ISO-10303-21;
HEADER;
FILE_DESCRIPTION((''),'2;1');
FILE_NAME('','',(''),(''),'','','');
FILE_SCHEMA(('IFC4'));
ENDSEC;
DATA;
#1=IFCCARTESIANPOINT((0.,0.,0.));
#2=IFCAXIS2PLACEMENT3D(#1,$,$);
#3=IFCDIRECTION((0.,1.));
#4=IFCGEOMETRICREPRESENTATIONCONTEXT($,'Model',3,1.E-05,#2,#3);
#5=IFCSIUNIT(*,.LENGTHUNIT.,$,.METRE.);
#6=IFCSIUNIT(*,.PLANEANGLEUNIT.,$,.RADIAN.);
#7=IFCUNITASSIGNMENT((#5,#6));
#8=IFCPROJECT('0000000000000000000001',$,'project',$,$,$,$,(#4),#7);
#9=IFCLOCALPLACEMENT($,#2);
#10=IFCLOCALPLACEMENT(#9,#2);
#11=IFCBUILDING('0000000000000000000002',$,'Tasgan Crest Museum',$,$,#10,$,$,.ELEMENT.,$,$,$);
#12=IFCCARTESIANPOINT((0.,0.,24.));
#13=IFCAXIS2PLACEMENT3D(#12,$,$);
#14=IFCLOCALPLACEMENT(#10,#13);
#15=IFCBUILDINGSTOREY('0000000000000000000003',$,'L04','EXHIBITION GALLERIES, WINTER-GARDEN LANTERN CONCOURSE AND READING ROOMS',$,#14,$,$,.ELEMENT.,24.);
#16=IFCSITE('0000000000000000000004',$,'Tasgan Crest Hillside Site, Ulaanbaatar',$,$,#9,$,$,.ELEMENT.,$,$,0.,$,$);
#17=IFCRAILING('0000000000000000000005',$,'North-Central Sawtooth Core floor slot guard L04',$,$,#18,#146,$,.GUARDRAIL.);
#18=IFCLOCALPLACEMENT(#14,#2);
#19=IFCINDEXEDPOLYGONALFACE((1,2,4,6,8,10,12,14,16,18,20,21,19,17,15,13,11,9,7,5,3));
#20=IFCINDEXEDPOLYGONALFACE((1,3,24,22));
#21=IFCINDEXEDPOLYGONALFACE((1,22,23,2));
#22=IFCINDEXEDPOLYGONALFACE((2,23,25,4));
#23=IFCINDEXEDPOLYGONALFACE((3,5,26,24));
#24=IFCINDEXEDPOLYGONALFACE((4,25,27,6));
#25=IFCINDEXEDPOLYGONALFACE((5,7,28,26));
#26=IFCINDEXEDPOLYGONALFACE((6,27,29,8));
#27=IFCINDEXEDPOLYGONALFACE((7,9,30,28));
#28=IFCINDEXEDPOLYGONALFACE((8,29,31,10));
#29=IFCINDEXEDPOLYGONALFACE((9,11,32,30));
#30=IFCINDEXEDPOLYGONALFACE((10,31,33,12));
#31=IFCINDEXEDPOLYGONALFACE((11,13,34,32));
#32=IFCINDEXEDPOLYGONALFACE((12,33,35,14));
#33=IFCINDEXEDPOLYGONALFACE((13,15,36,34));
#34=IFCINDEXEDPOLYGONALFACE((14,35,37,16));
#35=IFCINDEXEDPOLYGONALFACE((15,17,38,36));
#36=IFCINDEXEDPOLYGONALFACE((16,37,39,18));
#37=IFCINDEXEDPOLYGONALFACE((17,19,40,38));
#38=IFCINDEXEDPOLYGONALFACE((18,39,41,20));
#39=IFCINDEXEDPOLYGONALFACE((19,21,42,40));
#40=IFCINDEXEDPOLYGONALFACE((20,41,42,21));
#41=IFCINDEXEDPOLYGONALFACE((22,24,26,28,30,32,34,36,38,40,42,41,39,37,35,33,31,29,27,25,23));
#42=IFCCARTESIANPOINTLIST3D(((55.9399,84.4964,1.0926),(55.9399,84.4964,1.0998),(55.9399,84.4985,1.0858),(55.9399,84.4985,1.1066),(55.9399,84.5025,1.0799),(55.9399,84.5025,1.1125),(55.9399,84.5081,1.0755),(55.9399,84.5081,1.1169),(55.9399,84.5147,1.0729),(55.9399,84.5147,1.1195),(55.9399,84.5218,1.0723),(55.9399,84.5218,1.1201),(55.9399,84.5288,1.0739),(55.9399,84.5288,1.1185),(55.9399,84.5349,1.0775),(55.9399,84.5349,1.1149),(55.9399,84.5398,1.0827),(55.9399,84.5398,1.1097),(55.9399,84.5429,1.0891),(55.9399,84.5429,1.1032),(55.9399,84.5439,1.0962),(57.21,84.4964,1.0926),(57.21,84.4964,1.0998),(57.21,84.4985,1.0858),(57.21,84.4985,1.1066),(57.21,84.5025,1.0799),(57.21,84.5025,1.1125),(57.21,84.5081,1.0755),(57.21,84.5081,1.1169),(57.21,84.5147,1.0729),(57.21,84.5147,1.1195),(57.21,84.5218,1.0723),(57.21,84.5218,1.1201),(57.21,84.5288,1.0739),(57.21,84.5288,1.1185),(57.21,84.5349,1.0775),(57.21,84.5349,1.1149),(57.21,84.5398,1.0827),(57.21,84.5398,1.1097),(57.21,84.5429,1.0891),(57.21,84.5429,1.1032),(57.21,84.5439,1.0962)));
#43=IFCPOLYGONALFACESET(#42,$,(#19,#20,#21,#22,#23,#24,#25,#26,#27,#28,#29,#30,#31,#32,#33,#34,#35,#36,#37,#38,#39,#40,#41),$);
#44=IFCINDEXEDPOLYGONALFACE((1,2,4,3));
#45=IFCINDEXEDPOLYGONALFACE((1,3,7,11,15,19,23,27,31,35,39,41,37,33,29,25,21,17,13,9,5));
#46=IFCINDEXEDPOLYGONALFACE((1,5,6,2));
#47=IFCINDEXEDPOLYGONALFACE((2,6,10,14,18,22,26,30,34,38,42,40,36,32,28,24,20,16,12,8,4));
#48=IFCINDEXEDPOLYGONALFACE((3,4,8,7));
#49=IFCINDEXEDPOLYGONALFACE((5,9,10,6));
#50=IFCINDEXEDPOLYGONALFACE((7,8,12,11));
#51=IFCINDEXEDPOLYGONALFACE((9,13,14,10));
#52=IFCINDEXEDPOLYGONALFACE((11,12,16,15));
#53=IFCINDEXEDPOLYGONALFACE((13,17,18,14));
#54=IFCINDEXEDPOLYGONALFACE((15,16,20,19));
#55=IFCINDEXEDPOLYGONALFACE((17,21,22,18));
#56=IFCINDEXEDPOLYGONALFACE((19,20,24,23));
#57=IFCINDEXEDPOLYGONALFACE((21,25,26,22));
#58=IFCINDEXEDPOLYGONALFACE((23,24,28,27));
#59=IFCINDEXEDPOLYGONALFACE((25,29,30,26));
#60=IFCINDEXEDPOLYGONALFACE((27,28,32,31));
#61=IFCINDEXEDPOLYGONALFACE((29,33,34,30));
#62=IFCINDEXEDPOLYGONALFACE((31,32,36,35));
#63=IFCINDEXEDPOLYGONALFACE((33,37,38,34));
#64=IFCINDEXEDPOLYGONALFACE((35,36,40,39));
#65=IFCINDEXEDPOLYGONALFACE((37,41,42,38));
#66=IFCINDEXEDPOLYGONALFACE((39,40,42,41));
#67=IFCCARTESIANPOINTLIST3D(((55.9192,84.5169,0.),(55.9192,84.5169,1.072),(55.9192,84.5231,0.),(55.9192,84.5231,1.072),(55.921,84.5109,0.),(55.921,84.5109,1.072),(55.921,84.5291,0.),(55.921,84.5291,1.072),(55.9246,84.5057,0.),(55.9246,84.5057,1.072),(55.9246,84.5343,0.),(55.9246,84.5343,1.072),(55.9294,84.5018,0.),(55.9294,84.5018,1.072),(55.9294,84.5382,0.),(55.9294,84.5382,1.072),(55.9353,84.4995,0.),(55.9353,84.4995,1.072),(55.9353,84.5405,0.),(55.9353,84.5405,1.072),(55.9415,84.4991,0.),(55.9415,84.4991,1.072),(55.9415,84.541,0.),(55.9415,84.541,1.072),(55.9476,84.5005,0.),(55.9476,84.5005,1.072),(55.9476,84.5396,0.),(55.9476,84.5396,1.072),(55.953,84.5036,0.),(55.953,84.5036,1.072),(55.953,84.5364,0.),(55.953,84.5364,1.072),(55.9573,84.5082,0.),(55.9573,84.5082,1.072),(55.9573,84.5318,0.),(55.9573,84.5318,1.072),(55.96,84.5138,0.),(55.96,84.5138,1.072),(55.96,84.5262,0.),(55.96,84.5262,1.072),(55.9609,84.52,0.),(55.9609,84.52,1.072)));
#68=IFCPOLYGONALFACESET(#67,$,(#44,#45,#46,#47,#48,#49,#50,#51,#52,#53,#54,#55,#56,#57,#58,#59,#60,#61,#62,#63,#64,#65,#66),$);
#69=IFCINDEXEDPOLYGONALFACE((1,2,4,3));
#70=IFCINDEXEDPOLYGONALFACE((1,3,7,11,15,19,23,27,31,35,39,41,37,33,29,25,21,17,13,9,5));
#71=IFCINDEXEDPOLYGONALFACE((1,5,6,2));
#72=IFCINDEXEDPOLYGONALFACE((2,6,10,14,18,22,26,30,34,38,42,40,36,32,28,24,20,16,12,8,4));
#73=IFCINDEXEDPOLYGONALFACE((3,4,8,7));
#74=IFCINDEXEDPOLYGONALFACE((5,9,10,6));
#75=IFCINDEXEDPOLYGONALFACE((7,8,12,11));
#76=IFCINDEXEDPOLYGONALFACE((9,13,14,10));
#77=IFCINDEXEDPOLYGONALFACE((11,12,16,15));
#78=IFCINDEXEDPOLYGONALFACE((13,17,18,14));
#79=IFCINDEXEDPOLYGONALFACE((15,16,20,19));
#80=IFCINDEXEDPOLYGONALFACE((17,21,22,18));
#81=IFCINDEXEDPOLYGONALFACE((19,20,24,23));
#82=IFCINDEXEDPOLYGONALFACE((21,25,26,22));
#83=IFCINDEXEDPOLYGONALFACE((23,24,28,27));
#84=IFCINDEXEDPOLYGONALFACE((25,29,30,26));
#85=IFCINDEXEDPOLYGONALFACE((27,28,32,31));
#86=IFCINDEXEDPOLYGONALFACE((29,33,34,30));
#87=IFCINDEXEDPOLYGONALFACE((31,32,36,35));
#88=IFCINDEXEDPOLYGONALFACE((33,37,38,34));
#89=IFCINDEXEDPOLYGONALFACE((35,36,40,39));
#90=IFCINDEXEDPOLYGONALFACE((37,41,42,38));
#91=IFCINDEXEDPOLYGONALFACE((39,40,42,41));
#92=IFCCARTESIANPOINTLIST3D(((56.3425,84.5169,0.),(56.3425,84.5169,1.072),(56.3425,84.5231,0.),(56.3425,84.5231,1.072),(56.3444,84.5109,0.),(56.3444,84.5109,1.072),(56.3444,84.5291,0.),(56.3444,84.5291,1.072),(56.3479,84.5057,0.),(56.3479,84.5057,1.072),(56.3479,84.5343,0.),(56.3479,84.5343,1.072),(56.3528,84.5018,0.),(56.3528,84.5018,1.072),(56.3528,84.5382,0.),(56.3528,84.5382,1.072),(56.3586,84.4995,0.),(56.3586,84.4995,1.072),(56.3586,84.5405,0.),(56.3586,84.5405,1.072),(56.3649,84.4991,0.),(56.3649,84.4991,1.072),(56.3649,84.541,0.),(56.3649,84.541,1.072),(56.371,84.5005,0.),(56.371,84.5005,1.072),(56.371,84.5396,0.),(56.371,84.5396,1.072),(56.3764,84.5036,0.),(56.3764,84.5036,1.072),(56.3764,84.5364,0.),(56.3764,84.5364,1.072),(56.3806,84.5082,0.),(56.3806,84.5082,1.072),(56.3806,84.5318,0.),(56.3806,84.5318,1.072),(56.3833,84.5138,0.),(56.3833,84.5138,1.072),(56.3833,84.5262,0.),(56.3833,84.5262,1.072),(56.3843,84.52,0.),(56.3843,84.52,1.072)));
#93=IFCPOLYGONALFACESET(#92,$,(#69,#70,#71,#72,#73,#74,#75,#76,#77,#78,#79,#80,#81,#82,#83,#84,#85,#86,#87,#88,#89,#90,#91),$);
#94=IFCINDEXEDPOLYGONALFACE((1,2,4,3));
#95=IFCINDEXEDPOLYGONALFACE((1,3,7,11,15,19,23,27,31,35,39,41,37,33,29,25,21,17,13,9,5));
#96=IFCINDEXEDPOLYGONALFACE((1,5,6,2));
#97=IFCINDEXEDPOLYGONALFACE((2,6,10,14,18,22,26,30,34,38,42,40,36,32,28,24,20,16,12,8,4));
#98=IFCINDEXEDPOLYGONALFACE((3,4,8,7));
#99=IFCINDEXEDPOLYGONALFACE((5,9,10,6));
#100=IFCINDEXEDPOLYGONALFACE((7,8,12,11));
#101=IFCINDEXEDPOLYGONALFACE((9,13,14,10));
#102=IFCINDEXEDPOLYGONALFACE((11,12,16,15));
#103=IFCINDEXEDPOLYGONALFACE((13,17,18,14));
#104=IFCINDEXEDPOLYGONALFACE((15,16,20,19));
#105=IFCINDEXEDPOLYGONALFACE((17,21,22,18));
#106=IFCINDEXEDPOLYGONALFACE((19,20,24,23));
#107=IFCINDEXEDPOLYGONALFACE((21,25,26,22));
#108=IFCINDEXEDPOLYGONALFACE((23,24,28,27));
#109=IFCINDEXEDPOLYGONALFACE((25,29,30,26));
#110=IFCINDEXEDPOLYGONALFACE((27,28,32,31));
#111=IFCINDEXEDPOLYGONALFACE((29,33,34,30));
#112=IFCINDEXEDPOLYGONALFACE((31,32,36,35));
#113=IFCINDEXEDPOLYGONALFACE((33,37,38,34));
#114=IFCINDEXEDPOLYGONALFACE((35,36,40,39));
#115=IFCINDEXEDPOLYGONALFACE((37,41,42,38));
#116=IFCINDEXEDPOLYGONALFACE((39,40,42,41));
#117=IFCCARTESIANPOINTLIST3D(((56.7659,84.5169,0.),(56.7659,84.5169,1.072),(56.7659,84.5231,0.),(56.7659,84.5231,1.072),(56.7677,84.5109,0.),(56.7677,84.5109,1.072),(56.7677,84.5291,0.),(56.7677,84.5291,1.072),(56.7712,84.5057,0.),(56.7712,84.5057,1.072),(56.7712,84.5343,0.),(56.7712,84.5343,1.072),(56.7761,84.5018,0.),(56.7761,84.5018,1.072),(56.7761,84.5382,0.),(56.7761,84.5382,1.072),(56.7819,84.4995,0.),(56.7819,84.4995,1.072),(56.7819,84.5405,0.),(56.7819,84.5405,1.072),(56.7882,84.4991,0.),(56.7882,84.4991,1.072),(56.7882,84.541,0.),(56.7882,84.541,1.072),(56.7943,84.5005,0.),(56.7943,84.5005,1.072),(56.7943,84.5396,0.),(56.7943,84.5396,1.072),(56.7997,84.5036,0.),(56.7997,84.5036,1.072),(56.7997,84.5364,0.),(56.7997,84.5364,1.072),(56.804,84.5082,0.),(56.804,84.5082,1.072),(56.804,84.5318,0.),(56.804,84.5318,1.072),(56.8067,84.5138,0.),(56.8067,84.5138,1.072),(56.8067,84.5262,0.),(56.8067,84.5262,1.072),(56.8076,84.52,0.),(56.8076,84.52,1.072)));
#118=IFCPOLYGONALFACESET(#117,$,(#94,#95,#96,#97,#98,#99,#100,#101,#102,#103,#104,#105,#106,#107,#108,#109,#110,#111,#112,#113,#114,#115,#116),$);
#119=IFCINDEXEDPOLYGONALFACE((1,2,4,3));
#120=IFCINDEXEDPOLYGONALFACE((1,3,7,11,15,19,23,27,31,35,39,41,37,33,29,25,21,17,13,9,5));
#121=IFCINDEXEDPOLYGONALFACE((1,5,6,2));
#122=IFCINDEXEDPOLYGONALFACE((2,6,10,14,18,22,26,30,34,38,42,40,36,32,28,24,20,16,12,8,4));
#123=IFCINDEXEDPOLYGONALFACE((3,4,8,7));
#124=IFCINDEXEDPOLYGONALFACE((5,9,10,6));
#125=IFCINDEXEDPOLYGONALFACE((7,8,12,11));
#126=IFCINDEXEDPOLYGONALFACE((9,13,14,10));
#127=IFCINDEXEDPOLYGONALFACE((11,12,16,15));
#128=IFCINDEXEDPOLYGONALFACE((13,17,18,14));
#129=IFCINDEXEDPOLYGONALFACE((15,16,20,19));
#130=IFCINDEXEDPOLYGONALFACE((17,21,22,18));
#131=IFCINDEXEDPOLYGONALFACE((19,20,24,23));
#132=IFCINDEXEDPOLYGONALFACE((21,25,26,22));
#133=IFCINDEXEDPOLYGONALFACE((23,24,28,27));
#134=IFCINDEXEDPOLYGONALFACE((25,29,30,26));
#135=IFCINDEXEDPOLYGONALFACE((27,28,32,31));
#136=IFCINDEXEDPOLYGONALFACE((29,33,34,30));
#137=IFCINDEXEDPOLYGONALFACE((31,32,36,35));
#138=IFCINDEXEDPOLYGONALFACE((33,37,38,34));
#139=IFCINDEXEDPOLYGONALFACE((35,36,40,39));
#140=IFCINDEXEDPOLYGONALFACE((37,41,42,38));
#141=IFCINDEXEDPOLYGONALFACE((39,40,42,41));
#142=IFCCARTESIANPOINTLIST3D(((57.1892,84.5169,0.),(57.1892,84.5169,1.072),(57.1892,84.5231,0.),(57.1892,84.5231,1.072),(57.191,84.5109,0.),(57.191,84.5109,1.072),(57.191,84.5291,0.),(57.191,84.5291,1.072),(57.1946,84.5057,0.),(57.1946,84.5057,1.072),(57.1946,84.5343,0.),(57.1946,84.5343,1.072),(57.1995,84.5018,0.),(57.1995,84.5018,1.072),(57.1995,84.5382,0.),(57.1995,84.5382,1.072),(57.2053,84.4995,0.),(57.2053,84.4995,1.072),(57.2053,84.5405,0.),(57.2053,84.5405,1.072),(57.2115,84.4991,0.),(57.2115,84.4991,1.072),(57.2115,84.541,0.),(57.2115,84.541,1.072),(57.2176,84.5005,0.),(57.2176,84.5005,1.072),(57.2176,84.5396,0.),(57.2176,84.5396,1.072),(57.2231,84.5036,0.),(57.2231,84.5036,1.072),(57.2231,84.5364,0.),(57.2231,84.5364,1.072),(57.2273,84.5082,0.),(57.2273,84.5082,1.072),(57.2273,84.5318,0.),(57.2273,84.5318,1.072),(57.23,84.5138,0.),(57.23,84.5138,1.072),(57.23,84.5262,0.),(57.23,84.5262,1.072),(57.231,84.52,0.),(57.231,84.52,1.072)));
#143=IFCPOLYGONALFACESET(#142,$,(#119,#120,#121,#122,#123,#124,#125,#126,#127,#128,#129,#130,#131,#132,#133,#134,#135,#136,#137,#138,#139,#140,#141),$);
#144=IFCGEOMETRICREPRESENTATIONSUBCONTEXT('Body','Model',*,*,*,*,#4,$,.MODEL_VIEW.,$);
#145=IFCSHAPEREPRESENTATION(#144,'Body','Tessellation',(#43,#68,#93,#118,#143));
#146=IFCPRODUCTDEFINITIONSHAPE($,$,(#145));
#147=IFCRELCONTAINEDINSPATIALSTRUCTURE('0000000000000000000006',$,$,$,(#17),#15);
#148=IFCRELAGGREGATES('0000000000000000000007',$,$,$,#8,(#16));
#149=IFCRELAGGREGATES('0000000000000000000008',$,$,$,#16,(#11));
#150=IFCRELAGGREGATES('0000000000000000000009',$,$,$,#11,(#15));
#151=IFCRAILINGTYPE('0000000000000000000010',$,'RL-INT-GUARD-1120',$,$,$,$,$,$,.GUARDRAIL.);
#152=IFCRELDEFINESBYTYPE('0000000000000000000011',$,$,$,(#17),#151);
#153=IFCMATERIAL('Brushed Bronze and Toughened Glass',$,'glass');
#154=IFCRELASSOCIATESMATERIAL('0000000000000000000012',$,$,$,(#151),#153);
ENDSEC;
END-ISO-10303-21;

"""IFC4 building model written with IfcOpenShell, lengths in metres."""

from ifc_helpers import new_model, si_unit, direction, frame, origin, origin_2d, place, context, subcontext, project, spatial, circle, extrude, material, type_object, element, save


model = new_model("IFC4")

# Units and contexts
model_context = context("Model", 3, precision=1e-05, world=origin(), true_north=direction((0.0, 1.0)))
body_context = subcontext(model_context, "Body", "Model", "MODEL_VIEW")
ifc_project = project(units=[si_unit("LENGTHUNIT", "METRE"), si_unit("PLANEANGLEUNIT", "RADIAN")], contexts=[model_context])

# Site, building, storey
site_placement = place(None, origin())
site = spatial("IfcSite", under=ifc_project, at=site_placement, Name="Tasgan Crest Hillside Site, Ulaanbaatar", CompositionType="ELEMENT", RefElevation=0.0)
building_placement = place(site_placement, origin())
building = spatial("IfcBuilding", under=site, at=building_placement, Name="Tasgan Crest Museum", CompositionType="ELEMENT")
storey_placement = place(building_placement, frame((0.0, 0.0, 24.0)))
storey = spatial("IfcBuildingStorey", under=building, at=storey_placement, Name="L04", Description="EXHIBITION GALLERIES, WINTER-GARDEN LANTERN CONCOURSE AND READING ROOMS", CompositionType="ELEMENT", Elevation=24.0)

# Railing
ifc_material_1 = material(Name="Brushed Bronze and Toughened Glass", Category="glass")
railing_type_1 = type_object("IfcRailingType", Name="RL-INT-GUARD-1120", PredefinedType="GUARDRAIL", material=ifc_material_1)
railing_1_placement = place(storey_placement, frame((55.9399, 84.52, 0.0)))
element("IfcRailing", 1, at=railing_1_placement, inside=storey, type_object=railing_type_1, Name="North-Central Sawtooth Core floor slot guard L04", PredefinedType="GUARDRAIL", context=body_context, shape_type="SweptSolid", body=[
    extrude(circle(Radius=0.0239, at=origin_2d()), frame((0.0, 0.0, 1.0962), z_axis=(1.0, 0.0, 0.0), x_axis=(0.0, 1.0, 0.0)), (0.0, 0.0, 1.0), 1.27),
    extrude(circle(Radius=0.021, at=origin_2d()), origin(), (0.0, 0.0, 1.0), 1.072),
    extrude(circle(Radius=0.021, at=origin_2d()), frame((0.4233, 0.0, 0.0)), (0.0, 0.0, 1.0), 1.072),
    extrude(circle(Radius=0.021, at=origin_2d()), frame((0.8467, 0.0, 0.0)), (0.0, 0.0, 1.0), 1.072),
    extrude(circle(Radius=0.021, at=origin_2d()), frame((1.27, 0.0, 0.0)), (0.0, 0.0, 1.0), 1.072),
])

save(model, "model.ifc")
